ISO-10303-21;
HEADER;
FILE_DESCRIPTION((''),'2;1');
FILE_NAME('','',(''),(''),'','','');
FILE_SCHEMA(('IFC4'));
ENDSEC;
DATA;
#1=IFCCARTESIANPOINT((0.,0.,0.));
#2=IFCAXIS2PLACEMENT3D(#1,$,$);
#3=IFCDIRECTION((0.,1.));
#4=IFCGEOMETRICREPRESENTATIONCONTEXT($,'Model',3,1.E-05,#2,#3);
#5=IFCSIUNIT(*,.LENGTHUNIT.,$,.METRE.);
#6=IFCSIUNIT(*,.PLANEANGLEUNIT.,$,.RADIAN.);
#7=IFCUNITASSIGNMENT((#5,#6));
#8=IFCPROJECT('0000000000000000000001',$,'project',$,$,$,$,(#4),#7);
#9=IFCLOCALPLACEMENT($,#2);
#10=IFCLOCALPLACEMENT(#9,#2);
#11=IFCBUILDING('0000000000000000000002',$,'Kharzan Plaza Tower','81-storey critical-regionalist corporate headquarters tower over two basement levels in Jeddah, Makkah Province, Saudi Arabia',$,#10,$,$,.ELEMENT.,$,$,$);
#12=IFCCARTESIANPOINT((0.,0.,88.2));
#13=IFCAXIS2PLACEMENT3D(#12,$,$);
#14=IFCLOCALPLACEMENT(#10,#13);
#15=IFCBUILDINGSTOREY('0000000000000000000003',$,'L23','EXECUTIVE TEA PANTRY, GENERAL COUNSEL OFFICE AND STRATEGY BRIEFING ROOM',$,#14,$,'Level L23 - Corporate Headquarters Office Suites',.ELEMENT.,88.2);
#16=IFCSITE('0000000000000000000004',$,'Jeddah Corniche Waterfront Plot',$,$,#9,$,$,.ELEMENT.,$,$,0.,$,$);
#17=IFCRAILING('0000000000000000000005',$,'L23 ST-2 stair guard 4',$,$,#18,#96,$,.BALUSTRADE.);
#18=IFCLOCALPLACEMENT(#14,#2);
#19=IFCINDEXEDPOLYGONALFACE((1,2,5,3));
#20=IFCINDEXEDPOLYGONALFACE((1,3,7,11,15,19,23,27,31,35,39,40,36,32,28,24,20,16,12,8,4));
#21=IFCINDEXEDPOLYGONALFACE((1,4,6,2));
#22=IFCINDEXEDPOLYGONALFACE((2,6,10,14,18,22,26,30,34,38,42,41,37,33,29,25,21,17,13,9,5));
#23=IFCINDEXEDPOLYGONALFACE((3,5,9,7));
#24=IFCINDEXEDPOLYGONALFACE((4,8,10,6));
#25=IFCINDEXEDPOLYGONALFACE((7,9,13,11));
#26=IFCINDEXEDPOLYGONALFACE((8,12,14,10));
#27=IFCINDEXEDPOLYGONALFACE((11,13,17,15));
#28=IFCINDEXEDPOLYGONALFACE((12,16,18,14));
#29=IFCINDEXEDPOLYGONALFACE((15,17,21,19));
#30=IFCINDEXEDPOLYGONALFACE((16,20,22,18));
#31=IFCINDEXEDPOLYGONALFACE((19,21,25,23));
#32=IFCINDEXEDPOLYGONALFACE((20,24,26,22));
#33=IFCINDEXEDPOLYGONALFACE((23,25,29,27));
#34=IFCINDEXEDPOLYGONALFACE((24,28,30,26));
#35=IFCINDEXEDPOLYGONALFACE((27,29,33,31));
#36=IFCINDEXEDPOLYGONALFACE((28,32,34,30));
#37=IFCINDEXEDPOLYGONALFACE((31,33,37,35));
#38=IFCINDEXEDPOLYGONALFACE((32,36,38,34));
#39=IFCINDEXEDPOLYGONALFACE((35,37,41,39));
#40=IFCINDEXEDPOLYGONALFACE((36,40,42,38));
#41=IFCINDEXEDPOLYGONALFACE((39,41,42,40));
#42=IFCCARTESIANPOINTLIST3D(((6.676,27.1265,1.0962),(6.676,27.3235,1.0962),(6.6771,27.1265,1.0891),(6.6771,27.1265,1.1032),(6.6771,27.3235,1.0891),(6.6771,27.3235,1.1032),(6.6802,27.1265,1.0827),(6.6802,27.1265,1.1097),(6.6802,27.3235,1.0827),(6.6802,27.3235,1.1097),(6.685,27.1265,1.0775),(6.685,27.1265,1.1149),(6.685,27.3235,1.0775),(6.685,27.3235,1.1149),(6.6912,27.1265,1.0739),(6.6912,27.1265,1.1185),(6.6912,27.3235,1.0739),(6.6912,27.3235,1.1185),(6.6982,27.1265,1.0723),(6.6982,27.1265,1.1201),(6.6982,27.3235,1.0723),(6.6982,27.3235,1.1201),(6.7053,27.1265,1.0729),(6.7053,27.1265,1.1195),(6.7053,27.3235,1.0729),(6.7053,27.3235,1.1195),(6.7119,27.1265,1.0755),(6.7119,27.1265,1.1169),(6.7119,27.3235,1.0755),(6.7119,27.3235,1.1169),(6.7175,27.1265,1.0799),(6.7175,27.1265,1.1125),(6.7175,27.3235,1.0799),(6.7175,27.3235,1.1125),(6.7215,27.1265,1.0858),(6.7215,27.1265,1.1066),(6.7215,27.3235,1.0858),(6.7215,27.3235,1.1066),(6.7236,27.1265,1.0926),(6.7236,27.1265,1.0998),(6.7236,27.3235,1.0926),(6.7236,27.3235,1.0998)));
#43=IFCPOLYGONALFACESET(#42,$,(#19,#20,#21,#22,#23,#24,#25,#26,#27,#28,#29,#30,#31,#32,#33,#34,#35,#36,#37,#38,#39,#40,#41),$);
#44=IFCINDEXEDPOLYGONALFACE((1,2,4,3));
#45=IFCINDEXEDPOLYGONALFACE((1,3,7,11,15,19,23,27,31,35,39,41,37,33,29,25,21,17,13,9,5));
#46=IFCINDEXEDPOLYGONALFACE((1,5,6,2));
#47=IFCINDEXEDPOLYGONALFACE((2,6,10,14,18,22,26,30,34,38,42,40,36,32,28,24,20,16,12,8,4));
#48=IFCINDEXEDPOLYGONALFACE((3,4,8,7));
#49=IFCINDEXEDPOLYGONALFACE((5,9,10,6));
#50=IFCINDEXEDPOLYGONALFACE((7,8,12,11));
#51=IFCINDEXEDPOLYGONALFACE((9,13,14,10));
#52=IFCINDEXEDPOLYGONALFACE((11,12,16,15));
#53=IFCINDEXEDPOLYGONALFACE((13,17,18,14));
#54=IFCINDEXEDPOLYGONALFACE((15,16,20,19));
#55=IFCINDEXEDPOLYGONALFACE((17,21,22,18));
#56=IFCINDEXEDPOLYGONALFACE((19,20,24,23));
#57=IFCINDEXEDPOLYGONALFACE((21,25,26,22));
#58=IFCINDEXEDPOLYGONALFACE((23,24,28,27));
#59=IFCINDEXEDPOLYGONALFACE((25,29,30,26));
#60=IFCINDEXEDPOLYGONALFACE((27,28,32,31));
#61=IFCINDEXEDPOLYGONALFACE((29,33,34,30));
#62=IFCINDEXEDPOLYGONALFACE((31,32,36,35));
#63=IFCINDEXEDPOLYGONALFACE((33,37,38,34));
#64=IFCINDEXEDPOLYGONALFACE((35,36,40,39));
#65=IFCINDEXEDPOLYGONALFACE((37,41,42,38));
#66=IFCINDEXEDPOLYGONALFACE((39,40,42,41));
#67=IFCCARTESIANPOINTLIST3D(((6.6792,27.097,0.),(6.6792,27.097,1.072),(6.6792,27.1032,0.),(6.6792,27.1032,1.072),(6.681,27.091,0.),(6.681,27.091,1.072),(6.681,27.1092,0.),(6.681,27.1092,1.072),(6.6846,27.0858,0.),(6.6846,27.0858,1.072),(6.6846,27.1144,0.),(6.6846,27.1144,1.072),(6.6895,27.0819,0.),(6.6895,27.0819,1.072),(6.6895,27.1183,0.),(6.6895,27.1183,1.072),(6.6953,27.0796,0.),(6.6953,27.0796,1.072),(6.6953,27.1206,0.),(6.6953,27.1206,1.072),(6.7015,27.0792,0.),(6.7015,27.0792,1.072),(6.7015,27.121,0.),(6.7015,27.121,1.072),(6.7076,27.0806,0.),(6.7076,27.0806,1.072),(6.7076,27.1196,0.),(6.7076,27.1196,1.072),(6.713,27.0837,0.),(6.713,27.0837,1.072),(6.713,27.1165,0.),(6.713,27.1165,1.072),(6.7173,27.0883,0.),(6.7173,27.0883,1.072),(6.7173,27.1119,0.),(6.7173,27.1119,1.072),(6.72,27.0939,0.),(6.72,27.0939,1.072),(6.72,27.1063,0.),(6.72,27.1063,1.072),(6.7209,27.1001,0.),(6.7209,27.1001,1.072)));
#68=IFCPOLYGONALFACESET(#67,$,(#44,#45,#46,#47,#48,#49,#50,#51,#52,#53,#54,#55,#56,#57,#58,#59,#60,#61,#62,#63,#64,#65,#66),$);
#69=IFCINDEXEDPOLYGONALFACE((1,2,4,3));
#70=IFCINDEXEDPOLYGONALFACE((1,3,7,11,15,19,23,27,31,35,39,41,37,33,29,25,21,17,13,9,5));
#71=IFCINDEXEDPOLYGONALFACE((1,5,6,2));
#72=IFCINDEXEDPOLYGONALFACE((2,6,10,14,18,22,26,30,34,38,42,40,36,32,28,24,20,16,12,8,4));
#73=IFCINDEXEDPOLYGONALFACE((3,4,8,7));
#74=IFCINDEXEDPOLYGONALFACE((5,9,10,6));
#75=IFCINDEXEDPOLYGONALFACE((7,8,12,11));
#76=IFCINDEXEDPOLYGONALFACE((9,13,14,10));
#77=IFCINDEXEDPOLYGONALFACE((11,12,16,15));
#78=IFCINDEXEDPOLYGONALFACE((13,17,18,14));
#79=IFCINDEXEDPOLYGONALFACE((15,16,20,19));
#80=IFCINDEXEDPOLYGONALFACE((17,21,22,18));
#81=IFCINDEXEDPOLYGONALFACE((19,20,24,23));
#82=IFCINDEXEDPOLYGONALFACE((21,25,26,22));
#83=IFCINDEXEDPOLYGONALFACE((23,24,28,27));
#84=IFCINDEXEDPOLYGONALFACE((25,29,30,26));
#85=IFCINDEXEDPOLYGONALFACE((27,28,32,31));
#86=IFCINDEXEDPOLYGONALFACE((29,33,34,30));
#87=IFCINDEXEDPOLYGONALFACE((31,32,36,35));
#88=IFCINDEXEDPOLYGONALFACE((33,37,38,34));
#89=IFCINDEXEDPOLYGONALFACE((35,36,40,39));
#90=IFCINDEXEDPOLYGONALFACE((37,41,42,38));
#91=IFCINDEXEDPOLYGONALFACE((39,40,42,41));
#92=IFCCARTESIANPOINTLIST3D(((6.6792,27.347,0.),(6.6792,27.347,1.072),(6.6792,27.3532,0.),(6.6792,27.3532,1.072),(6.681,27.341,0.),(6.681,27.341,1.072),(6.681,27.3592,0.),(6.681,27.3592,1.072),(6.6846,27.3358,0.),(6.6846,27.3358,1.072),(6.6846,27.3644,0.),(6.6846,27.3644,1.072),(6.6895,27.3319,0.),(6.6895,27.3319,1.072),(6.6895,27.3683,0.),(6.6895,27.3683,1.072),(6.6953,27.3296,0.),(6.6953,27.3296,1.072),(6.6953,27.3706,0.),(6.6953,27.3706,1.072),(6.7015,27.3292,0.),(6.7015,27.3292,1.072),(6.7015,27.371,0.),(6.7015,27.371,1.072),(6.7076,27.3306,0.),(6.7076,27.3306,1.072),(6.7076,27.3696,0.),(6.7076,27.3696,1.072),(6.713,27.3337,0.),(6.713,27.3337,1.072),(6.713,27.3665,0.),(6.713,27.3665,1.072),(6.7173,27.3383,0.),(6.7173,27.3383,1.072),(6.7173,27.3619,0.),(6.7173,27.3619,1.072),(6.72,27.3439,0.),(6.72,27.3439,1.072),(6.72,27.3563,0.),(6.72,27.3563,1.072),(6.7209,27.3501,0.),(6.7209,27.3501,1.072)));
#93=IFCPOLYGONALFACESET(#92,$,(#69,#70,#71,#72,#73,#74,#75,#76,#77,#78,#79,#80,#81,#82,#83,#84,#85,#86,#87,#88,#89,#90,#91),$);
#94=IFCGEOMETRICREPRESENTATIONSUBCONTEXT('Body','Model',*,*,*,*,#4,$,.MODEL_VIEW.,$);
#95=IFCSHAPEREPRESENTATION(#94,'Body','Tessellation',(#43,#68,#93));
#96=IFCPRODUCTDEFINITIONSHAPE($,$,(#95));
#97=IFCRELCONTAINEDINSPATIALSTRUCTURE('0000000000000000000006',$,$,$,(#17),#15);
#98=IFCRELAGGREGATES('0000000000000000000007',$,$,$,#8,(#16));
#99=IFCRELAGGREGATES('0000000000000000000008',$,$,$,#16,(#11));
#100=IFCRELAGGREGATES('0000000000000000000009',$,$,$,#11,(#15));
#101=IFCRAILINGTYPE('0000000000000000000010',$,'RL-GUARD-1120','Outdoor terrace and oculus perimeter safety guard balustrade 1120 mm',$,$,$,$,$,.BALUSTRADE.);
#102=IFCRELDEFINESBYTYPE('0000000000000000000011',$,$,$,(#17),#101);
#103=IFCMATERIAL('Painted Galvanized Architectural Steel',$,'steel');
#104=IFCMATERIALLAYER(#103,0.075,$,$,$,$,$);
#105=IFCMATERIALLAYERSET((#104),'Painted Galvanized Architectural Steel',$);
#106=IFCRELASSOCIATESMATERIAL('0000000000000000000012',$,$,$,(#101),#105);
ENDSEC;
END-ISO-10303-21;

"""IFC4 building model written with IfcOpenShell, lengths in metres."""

from ifc_helpers import new_model, si_unit, direction, frame, origin, origin_2d, place, context, subcontext, project, spatial, circle, extrude, source, transform, mapped, material, layer, layer_set, type_object, element, save


model = new_model("IFC4")

# Units and contexts
model_context = context("Model", 3, precision=1e-05, world=origin(), true_north=direction((0.0, 1.0)))
body_context = subcontext(model_context, "Body", "Model", "MODEL_VIEW")
ifc_project = project(units=[si_unit("LENGTHUNIT", "METRE"), si_unit("PLANEANGLEUNIT", "RADIAN")], contexts=[model_context])

# Site, building, storey
site_placement = place(None, origin())
site = spatial("IfcSite", under=ifc_project, at=site_placement, Name="Jeddah Corniche Waterfront Plot", CompositionType="ELEMENT", RefElevation=0.0)
building_placement = place(site_placement, origin())
building = spatial("IfcBuilding", under=site, at=building_placement, Name="Kharzan Plaza Tower", Description="81-storey critical-regionalist corporate headquarters tower over two basement levels in Jeddah, Makkah Province, Saudi Arabia", CompositionType="ELEMENT")
storey_placement = place(building_placement, frame((0.0, 0.0, 88.2)))
storey = spatial("IfcBuildingStorey", under=building, at=storey_placement, Name="L23", Description="EXECUTIVE TEA PANTRY, GENERAL COUNSEL OFFICE AND STRATEGY BRIEFING ROOM", LongName="Level L23 - Corporate Headquarters Office Suites", CompositionType="ELEMENT", Elevation=88.2)

# Railing
ifc_material_1 = material(Name="Painted Galvanized Architectural Steel", Category="steel")
ifc_layer_1 = layer(ifc_material_1, 0.075)
ifc_layer_set_1 = layer_set([ifc_layer_1], Name="Painted Galvanized Architectural Steel")
railing_type_1 = type_object("IfcRailingType", Name="RL-GUARD-1120", Description="Outdoor terrace and oculus perimeter safety guard balustrade 1120 mm", PredefinedType="BALUSTRADE", material=ifc_layer_set_1)
shared_shape_1 = source(origin(), body_context, "Body", "SweptSolid", [
    extrude(circle(Radius=0.0239, at=origin_2d()), frame((0.0, 0.0264, 1.0962), z_axis=(0.0, 1.0, 0.0), x_axis=(-1.0, 0.0, 0.0)), (0.0, 0.0, 1.0), 0.197),
    extrude(circle(Radius=0.021, at=origin_2d()), origin(), (0.0, 0.0, 1.0), 1.072),
    extrude(circle(Radius=0.021, at=origin_2d()), frame((0.0, 0.25, 0.0)), (0.0, 0.0, 1.0), 1.072),
])
railing_1_placement = place(storey_placement, frame((6.7, 27.1001, 0.0)))
element("IfcRailing", 1, at=railing_1_placement, inside=storey, type_object=railing_type_1, Name="L23 ST-2 stair guard 4", PredefinedType="BALUSTRADE", context=body_context, shape_type="MappedRepresentation", body=[
    mapped(shared_shape_1, transform((0.0, 0.0, 0.0), x_axis=(1.0, 0.0, 0.0), y_axis=(0.0, 1.0, 0.0), z_axis=(0.0, 0.0, 1.0))),
])

save(model, "model.ifc")
